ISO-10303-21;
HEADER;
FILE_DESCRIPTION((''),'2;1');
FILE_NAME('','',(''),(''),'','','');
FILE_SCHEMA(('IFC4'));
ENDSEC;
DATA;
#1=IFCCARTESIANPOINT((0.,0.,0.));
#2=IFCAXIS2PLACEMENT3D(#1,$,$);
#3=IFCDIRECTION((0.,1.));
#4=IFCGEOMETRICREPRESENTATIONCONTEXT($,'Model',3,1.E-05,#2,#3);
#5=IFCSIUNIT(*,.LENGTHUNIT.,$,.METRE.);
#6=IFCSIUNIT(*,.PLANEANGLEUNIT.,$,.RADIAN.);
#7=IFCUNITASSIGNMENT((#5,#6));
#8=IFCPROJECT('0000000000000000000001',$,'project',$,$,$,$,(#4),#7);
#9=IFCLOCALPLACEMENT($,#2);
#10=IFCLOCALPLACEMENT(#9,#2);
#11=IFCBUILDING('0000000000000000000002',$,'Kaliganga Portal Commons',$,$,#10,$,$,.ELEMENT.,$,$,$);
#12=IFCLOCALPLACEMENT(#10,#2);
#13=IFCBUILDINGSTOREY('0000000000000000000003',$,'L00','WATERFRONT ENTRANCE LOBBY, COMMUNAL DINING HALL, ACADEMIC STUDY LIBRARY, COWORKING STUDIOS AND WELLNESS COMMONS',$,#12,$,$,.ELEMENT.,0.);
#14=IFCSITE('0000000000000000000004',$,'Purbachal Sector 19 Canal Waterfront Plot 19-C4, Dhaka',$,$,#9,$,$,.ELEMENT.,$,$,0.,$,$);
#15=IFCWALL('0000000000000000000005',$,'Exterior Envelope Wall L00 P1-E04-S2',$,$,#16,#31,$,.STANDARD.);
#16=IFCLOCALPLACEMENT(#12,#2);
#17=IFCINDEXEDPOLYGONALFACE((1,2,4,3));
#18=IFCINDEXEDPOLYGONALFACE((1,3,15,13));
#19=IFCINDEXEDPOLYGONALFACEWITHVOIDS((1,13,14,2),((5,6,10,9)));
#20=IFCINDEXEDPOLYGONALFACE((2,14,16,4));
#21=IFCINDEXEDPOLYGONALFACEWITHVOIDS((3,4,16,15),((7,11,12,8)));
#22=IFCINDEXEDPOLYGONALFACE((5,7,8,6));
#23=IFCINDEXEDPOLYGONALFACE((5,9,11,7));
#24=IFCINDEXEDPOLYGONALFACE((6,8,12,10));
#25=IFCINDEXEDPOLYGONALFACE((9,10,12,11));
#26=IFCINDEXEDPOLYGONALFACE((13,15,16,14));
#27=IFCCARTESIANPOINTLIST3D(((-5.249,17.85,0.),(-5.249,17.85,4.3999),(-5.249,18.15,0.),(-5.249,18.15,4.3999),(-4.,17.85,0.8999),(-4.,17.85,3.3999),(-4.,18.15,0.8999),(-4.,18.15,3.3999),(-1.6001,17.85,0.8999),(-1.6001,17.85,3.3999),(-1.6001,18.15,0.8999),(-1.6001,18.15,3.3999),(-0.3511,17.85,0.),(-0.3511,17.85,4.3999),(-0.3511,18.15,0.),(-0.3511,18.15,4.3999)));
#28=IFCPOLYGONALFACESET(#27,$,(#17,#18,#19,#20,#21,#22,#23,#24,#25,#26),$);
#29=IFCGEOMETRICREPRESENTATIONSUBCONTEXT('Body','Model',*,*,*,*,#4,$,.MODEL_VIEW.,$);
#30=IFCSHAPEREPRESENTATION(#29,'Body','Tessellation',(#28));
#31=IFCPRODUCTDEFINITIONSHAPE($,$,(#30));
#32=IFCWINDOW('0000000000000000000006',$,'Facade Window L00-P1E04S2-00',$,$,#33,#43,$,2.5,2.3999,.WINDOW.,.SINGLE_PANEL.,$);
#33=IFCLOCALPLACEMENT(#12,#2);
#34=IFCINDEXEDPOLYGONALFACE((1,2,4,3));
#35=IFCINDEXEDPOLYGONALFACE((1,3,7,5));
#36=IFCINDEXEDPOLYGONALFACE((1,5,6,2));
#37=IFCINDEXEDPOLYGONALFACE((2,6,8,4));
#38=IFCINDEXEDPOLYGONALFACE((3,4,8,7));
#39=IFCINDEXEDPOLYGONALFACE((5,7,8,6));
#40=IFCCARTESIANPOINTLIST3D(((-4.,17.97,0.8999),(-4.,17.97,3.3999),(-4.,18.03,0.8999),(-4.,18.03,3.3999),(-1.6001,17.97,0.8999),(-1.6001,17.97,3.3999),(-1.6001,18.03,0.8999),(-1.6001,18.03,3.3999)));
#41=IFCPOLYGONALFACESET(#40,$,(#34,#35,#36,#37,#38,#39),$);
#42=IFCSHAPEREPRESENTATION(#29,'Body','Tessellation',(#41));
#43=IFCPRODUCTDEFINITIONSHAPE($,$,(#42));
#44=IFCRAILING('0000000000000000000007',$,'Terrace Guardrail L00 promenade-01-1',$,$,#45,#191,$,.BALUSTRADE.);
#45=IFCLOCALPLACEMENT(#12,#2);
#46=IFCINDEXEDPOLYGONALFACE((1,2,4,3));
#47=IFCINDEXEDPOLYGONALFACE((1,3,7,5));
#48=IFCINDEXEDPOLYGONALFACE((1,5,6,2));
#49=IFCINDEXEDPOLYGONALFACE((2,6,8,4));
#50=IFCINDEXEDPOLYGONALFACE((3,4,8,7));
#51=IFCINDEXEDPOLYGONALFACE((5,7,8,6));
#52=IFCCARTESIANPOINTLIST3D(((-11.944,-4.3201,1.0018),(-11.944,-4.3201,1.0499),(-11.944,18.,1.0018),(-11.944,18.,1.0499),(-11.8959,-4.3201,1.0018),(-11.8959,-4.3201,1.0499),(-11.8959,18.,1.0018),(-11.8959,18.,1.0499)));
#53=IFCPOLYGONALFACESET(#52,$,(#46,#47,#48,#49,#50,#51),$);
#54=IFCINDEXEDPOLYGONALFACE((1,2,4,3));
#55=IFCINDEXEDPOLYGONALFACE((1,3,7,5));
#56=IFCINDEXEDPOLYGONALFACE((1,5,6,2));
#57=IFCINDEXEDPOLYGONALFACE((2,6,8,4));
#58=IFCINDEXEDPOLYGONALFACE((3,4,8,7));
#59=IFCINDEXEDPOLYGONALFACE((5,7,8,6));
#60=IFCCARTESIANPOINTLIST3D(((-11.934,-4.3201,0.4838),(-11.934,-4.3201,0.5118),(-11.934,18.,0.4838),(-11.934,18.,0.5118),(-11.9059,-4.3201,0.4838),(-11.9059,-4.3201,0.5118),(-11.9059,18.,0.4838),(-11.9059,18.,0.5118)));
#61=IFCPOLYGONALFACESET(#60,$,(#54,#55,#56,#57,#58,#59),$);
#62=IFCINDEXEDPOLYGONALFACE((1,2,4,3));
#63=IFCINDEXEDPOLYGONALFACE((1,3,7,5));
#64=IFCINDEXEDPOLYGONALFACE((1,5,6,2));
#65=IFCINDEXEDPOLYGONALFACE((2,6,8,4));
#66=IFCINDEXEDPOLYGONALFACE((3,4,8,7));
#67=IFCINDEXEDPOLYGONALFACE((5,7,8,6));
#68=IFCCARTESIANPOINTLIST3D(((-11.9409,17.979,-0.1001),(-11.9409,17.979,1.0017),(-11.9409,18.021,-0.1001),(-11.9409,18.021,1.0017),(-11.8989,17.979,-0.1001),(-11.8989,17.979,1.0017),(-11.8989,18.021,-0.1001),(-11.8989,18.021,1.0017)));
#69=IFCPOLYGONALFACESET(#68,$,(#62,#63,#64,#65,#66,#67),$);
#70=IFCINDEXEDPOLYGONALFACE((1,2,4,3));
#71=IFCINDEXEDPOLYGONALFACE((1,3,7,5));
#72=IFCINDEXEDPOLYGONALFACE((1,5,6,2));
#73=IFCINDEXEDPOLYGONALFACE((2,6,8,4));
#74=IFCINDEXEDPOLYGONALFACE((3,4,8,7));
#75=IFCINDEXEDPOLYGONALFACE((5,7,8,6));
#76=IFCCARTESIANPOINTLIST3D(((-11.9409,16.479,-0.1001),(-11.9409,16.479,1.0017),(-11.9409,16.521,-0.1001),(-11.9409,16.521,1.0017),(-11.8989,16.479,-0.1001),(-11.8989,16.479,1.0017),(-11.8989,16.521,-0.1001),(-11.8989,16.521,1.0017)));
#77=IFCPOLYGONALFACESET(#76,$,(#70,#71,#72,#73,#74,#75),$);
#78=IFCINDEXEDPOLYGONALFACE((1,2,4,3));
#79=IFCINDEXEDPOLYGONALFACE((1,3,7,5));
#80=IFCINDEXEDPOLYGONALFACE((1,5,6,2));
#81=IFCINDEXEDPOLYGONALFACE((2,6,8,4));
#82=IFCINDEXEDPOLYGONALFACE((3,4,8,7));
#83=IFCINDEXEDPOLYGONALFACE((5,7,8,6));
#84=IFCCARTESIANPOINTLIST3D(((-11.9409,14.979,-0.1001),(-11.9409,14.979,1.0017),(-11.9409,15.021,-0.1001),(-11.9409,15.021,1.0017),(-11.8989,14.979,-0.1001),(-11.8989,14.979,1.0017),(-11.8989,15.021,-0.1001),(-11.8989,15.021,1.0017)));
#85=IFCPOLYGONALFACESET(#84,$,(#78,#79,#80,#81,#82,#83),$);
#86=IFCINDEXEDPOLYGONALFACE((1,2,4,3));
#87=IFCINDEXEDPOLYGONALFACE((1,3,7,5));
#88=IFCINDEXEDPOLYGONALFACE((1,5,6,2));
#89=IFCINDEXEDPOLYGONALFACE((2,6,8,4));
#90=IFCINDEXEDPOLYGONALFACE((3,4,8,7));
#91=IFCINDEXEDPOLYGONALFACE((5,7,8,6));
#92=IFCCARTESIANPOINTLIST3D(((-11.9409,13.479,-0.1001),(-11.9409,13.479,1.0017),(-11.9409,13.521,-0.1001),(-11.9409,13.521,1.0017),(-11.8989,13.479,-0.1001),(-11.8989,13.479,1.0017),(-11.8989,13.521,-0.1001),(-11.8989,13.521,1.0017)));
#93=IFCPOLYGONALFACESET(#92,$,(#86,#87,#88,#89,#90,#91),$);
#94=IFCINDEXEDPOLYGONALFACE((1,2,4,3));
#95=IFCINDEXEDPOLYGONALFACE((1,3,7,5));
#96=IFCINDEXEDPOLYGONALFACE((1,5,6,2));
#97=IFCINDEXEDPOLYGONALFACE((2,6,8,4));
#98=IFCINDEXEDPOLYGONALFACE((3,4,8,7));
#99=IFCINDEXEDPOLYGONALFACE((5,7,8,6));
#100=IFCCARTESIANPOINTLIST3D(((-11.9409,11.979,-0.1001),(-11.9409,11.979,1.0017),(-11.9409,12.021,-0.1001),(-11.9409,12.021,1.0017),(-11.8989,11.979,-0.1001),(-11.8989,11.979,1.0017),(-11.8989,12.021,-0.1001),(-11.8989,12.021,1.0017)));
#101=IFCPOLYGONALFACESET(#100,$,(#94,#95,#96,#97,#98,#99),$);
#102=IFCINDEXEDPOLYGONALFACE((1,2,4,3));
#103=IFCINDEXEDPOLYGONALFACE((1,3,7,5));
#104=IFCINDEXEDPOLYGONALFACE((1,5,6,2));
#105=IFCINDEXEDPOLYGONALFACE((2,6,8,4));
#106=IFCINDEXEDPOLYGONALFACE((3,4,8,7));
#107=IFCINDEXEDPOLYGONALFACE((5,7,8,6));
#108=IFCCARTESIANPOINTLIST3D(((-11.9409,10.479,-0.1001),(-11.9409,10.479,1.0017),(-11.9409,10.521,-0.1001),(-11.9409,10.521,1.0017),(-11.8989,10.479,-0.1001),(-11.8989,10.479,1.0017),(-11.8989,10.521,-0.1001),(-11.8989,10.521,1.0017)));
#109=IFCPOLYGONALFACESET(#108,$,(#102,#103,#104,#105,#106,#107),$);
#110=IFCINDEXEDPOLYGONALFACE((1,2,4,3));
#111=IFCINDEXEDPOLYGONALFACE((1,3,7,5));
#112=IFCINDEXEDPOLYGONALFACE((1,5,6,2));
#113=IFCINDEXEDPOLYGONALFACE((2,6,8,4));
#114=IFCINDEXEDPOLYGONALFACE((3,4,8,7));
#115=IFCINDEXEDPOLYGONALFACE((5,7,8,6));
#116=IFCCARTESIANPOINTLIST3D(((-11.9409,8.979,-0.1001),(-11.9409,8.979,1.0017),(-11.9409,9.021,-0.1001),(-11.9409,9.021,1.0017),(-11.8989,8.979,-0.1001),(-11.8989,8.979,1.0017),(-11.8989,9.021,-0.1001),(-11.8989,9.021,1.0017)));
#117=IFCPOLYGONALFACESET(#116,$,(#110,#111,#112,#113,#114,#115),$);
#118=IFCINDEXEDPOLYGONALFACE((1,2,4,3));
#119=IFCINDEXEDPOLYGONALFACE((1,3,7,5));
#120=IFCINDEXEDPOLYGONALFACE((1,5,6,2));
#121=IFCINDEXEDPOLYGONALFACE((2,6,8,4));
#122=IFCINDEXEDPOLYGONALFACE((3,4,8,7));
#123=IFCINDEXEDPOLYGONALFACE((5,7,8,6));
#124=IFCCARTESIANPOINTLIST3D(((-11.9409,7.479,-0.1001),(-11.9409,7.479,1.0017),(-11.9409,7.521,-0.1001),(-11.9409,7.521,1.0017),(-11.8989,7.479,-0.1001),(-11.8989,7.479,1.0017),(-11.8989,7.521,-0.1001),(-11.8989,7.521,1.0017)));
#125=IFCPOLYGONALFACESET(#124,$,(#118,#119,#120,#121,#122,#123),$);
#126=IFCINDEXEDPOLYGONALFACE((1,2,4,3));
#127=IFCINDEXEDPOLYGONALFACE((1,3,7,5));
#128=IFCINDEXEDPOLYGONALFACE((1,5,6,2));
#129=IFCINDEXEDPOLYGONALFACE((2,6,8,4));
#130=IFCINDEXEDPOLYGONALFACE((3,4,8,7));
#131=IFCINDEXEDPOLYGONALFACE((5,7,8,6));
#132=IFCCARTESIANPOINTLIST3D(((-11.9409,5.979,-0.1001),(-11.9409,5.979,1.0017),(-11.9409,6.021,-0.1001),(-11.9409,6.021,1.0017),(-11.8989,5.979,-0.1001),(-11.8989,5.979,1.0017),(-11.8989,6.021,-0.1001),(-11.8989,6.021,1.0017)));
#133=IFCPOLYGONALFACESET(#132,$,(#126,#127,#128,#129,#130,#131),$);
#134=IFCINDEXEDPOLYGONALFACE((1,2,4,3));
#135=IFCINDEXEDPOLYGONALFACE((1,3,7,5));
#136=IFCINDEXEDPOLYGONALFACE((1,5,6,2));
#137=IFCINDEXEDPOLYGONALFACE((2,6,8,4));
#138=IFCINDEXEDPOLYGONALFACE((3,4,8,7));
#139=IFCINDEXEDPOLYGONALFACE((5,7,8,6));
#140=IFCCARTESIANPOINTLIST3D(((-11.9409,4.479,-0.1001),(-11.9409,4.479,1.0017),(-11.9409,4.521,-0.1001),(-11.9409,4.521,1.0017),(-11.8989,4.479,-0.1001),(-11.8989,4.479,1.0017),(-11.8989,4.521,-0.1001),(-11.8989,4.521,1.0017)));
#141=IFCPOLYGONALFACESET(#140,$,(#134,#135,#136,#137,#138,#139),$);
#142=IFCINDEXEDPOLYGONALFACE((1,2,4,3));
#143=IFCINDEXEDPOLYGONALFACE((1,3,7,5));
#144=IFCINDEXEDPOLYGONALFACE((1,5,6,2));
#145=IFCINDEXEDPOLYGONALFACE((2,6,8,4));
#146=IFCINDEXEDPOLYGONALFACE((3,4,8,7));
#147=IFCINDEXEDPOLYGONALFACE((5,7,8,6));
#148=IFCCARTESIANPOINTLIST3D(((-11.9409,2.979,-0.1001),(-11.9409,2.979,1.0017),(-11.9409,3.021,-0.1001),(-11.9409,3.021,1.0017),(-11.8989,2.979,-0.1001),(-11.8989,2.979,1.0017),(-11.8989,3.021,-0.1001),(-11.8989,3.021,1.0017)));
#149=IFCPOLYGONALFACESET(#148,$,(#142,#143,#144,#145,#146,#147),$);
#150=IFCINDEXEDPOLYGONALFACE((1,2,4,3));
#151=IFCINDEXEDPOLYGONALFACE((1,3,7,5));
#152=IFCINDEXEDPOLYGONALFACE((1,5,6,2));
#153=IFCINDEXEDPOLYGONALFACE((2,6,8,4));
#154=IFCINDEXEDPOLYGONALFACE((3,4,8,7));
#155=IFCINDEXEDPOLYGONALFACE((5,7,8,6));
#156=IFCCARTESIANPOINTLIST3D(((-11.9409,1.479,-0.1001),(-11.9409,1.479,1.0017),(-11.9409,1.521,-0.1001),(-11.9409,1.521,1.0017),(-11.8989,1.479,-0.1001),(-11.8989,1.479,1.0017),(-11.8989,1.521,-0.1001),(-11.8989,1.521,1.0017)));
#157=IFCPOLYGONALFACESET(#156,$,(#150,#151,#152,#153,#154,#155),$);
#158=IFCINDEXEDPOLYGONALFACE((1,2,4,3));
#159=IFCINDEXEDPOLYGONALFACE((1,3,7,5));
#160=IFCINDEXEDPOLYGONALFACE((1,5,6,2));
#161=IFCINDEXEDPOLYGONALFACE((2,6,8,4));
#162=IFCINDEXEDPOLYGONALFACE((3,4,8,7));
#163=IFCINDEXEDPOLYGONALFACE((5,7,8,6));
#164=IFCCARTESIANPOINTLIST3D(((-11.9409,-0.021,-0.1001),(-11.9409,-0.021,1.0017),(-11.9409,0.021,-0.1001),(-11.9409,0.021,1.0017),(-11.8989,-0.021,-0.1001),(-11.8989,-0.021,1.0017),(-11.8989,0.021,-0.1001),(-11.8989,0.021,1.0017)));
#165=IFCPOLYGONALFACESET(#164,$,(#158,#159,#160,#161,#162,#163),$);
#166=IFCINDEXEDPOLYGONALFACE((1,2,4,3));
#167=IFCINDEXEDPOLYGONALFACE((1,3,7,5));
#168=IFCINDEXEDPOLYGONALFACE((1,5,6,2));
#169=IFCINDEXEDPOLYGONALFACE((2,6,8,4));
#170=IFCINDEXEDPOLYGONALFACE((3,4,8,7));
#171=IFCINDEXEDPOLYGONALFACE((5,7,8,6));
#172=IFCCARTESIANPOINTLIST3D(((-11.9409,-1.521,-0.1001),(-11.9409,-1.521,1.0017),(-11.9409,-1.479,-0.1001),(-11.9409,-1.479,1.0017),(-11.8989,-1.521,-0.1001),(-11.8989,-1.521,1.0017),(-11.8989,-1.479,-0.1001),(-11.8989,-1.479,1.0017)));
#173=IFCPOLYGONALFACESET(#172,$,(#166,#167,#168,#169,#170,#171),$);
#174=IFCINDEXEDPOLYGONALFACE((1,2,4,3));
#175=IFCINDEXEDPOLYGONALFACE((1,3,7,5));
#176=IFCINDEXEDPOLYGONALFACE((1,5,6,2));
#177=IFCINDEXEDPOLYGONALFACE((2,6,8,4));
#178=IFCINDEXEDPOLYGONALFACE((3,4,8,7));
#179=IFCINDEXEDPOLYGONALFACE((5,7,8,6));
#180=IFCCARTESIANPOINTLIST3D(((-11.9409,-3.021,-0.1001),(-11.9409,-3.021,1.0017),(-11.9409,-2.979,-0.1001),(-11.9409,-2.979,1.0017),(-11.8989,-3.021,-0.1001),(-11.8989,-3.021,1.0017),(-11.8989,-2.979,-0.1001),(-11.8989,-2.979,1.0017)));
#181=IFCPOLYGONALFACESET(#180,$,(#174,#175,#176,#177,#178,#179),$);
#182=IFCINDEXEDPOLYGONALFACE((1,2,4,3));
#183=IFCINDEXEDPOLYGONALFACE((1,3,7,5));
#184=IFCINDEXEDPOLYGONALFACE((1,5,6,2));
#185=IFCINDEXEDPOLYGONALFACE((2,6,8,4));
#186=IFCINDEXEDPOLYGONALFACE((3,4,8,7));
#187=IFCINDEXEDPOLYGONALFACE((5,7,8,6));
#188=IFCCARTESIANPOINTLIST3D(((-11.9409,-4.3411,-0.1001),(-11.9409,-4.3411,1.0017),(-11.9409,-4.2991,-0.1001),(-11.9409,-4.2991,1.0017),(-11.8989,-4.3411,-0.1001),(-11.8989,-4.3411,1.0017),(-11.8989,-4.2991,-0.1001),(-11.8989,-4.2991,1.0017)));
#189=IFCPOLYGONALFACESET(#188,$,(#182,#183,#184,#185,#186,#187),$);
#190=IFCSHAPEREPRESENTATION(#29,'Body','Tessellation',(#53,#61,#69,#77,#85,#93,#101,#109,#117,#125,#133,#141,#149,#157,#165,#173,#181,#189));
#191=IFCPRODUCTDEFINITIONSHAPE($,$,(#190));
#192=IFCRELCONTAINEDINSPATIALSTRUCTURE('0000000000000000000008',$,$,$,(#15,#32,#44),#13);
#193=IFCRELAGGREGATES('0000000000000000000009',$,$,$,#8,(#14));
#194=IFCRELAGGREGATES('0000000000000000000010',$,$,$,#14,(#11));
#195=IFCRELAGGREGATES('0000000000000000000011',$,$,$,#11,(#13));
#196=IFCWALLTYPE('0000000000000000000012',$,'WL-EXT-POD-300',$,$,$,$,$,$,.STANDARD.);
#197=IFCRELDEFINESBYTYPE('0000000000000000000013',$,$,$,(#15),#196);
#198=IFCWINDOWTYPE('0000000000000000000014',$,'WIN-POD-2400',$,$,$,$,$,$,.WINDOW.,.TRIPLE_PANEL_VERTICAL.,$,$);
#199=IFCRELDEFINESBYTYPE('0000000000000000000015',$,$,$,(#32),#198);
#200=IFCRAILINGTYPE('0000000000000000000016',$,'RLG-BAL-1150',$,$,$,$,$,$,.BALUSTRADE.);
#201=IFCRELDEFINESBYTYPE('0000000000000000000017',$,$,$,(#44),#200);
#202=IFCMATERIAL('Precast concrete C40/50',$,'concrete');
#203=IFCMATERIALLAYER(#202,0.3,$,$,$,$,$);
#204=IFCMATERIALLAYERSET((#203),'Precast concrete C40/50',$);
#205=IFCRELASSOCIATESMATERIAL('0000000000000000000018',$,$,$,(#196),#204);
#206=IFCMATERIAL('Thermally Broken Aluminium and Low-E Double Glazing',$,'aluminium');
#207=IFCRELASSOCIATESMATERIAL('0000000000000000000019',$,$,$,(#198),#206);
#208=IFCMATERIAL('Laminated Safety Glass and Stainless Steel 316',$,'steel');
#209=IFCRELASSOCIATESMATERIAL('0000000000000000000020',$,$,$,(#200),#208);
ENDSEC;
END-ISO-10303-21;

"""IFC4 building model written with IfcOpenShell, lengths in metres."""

from ifc_helpers import new_model, si_unit, direction, frame, frame_2d, origin, origin_2d, place, context, subcontext, project, spatial, rectangle, extrude, material, layer, layer_set, type_object, element, fill, save


model = new_model("IFC4")

# Units and contexts
model_context = context("Model", 3, precision=1e-05, world=origin(), true_north=direction((0.0, 1.0)))
body_context = subcontext(model_context, "Body", "Model", "MODEL_VIEW")
ifc_project = project(units=[si_unit("LENGTHUNIT", "METRE"), si_unit("PLANEANGLEUNIT", "RADIAN")], contexts=[model_context])

# Site, building, storey
site_placement = place(None, origin())
site = spatial("IfcSite", under=ifc_project, at=site_placement, Name="Purbachal Sector 19 Canal Waterfront Plot 19-C4, Dhaka", CompositionType="ELEMENT", RefElevation=0.0)
building_placement = place(site_placement, origin())
building = spatial("IfcBuilding", under=site, at=building_placement, Name="Kaliganga Portal Commons", CompositionType="ELEMENT")
storey_placement = place(building_placement, origin())
storey = spatial("IfcBuildingStorey", under=building, at=storey_placement, Name="L00", Description="WATERFRONT ENTRANCE LOBBY, COMMUNAL DINING HALL, ACADEMIC STUDY LIBRARY, COWORKING STUDIOS AND WELLNESS COMMONS", CompositionType="ELEMENT", Elevation=0.0)

# Shared definitions
ifc_material_1 = material(Name="Precast concrete C40/50", Category="concrete")
ifc_layer_1 = layer(ifc_material_1, 0.3)
ifc_layer_set_1 = layer_set([ifc_layer_1], Name="Precast concrete C40/50")
wall_type = type_object("IfcWallType", Name="WL-EXT-POD-300", PredefinedType="STANDARD", material=ifc_layer_set_1)

# Wall, opening, window
wall_1_placement = place(storey_placement, frame((-0.3511, 18.0, 0.0), z_axis=(0.0, 0.0, 1.0), x_axis=(-1.0, 0.0, 0.0)))
wall_1 = element("IfcWall", 1, at=wall_1_placement, inside=storey, type_object=wall_type, Name="Exterior Envelope Wall L00 P1-E04-S2", PredefinedType="STANDARD", context=body_context, shape_type="SweptSolid", body=[
    extrude(rectangle(XDim=4.8979, YDim=0.3, at=frame_2d((2.449, 0.0))), origin(), (0.0, 0.0, 1.0), 4.3999),
])
opening_1_placement = place(wall_1_placement, frame((1.249, 0.0, 0.8999)))
opening_1 = element("IfcOpeningElement", 2, at=opening_1_placement, cuts=wall_1, PredefinedType="OPENING", context=body_context, shape_type="SweptSolid", body=[
    extrude(rectangle(XDim=2.3999, YDim=2.5, at=frame_2d((1.2, 1.25))), frame((0.0, 0.1602, 0.0), z_axis=(0.0, -1.0, 0.0), x_axis=(1.0, 0.0, 0.0)), (0.0, 0.0, 1.0), 0.3201),
])
ifc_material_2 = material(Name="Thermally Broken Aluminium and Low-E Double Glazing", Category="aluminium")
window_type = type_object("IfcWindowType", Name="WIN-POD-2400", PartitioningType="TRIPLE_PANEL_VERTICAL", PredefinedType="WINDOW", material=ifc_material_2)
window_placement = place(opening_1_placement, origin())
window = element("IfcWindow", 3, at=window_placement, inside=storey, type_object=window_type, Name="Facade Window L00-P1E04S2-00", OverallHeight=2.5, OverallWidth=2.3999, PartitioningType="SINGLE_PANEL", PredefinedType="WINDOW", context=body_context, shape_type="SweptSolid", body=[
    extrude(rectangle(XDim=2.3999, YDim=2.5, at=frame_2d((1.2, 1.25))), frame((0.0, 0.03, 0.0), z_axis=(0.0, -1.0, 0.0), x_axis=(1.0, 0.0, 0.0)), (0.0, 0.0, 1.0), 0.0601),
])
fill(opening_1, window)

# Railing
ifc_material_3 = material(Name="Laminated Safety Glass and Stainless Steel 316", Category="steel")
railing_type = type_object("IfcRailingType", Name="RLG-BAL-1150", PredefinedType="BALUSTRADE", material=ifc_material_3)
railing_1_placement = place(storey_placement, frame((-11.9199, 18.0, -0.1001)))
element("IfcRailing", 4, at=railing_1_placement, inside=storey, type_object=railing_type, Name="Terrace Guardrail L00 promenade-01-1", PredefinedType="BALUSTRADE", context=body_context, shape_type="SweptSolid", body=[
    extrude(rectangle(XDim=0.0481, YDim=0.0481, at=origin_2d()), frame((0.0, 0.0, 1.126), z_axis=(0.0, -1.0, 0.0), x_axis=(1.0, 0.0, 0.0)), (0.0, 0.0, 1.0), 22.3201),
    extrude(rectangle(XDim=0.0281, YDim=0.0281, at=origin_2d()), frame((0.0, 0.0, 0.5979), z_axis=(0.0, -1.0, 0.0), x_axis=(1.0, 0.0, 0.0)), (0.0, 0.0, 1.0), 22.3201),
    extrude(rectangle(XDim=0.042, YDim=0.042, at=origin_2d()), origin(), (0.0, 0.0, 1.0), 1.1018),
    extrude(rectangle(XDim=0.042, YDim=0.042, at=origin_2d()), frame((0.0, -1.5, 0.0)), (0.0, 0.0, 1.0), 1.1018),
    extrude(rectangle(XDim=0.042, YDim=0.042, at=origin_2d()), frame((0.0, -3.0, 0.0)), (0.0, 0.0, 1.0), 1.1018),
    extrude(rectangle(XDim=0.042, YDim=0.042, at=origin_2d()), frame((0.0, -4.5, 0.0)), (0.0, 0.0, 1.0), 1.1018),
    extrude(rectangle(XDim=0.042, YDim=0.042, at=origin_2d()), frame((0.0, -6.0, 0.0)), (0.0, 0.0, 1.0), 1.1018),
    extrude(rectangle(XDim=0.042, YDim=0.042, at=origin_2d()), frame((0.0, -7.5, 0.0)), (0.0, 0.0, 1.0), 1.1018),
    extrude(rectangle(XDim=0.042, YDim=0.042, at=origin_2d()), frame((0.0, -9.0, 0.0)), (0.0, 0.0, 1.0), 1.1018),
    extrude(rectangle(XDim=0.042, YDim=0.042, at=origin_2d()), frame((0.0, -10.5, 0.0)), (0.0, 0.0, 1.0), 1.1018),
    extrude(rectangle(XDim=0.042, YDim=0.042, at=origin_2d()), frame((0.0, -12.0, 0.0)), (0.0, 0.0, 1.0), 1.1018),
    extrude(rectangle(XDim=0.042, YDim=0.042, at=origin_2d()), frame((0.0, -13.5, 0.0)), (0.0, 0.0, 1.0), 1.1018),
    extrude(rectangle(XDim=0.042, YDim=0.042, at=origin_2d()), frame((0.0, -15.0, 0.0)), (0.0, 0.0, 1.0), 1.1018),
    extrude(rectangle(XDim=0.042, YDim=0.042, at=origin_2d()), frame((0.0, -16.5, 0.0)), (0.0, 0.0, 1.0), 1.1018),
    extrude(rectangle(XDim=0.042, YDim=0.042, at=origin_2d()), frame((0.0, -18.0, 0.0)), (0.0, 0.0, 1.0), 1.1018),
    extrude(rectangle(XDim=0.042, YDim=0.042, at=origin_2d()), frame((0.0, -19.5, 0.0)), (0.0, 0.0, 1.0), 1.1018),
    extrude(rectangle(XDim=0.042, YDim=0.042, at=origin_2d()), frame((0.0, -21.0, 0.0)), (0.0, 0.0, 1.0), 1.1018),
    extrude(rectangle(XDim=0.042, YDim=0.042, at=origin_2d()), frame((0.0, -22.3201, 0.0)), (0.0, 0.0, 1.0), 1.1018),
])

save(model, "model.ifc")
